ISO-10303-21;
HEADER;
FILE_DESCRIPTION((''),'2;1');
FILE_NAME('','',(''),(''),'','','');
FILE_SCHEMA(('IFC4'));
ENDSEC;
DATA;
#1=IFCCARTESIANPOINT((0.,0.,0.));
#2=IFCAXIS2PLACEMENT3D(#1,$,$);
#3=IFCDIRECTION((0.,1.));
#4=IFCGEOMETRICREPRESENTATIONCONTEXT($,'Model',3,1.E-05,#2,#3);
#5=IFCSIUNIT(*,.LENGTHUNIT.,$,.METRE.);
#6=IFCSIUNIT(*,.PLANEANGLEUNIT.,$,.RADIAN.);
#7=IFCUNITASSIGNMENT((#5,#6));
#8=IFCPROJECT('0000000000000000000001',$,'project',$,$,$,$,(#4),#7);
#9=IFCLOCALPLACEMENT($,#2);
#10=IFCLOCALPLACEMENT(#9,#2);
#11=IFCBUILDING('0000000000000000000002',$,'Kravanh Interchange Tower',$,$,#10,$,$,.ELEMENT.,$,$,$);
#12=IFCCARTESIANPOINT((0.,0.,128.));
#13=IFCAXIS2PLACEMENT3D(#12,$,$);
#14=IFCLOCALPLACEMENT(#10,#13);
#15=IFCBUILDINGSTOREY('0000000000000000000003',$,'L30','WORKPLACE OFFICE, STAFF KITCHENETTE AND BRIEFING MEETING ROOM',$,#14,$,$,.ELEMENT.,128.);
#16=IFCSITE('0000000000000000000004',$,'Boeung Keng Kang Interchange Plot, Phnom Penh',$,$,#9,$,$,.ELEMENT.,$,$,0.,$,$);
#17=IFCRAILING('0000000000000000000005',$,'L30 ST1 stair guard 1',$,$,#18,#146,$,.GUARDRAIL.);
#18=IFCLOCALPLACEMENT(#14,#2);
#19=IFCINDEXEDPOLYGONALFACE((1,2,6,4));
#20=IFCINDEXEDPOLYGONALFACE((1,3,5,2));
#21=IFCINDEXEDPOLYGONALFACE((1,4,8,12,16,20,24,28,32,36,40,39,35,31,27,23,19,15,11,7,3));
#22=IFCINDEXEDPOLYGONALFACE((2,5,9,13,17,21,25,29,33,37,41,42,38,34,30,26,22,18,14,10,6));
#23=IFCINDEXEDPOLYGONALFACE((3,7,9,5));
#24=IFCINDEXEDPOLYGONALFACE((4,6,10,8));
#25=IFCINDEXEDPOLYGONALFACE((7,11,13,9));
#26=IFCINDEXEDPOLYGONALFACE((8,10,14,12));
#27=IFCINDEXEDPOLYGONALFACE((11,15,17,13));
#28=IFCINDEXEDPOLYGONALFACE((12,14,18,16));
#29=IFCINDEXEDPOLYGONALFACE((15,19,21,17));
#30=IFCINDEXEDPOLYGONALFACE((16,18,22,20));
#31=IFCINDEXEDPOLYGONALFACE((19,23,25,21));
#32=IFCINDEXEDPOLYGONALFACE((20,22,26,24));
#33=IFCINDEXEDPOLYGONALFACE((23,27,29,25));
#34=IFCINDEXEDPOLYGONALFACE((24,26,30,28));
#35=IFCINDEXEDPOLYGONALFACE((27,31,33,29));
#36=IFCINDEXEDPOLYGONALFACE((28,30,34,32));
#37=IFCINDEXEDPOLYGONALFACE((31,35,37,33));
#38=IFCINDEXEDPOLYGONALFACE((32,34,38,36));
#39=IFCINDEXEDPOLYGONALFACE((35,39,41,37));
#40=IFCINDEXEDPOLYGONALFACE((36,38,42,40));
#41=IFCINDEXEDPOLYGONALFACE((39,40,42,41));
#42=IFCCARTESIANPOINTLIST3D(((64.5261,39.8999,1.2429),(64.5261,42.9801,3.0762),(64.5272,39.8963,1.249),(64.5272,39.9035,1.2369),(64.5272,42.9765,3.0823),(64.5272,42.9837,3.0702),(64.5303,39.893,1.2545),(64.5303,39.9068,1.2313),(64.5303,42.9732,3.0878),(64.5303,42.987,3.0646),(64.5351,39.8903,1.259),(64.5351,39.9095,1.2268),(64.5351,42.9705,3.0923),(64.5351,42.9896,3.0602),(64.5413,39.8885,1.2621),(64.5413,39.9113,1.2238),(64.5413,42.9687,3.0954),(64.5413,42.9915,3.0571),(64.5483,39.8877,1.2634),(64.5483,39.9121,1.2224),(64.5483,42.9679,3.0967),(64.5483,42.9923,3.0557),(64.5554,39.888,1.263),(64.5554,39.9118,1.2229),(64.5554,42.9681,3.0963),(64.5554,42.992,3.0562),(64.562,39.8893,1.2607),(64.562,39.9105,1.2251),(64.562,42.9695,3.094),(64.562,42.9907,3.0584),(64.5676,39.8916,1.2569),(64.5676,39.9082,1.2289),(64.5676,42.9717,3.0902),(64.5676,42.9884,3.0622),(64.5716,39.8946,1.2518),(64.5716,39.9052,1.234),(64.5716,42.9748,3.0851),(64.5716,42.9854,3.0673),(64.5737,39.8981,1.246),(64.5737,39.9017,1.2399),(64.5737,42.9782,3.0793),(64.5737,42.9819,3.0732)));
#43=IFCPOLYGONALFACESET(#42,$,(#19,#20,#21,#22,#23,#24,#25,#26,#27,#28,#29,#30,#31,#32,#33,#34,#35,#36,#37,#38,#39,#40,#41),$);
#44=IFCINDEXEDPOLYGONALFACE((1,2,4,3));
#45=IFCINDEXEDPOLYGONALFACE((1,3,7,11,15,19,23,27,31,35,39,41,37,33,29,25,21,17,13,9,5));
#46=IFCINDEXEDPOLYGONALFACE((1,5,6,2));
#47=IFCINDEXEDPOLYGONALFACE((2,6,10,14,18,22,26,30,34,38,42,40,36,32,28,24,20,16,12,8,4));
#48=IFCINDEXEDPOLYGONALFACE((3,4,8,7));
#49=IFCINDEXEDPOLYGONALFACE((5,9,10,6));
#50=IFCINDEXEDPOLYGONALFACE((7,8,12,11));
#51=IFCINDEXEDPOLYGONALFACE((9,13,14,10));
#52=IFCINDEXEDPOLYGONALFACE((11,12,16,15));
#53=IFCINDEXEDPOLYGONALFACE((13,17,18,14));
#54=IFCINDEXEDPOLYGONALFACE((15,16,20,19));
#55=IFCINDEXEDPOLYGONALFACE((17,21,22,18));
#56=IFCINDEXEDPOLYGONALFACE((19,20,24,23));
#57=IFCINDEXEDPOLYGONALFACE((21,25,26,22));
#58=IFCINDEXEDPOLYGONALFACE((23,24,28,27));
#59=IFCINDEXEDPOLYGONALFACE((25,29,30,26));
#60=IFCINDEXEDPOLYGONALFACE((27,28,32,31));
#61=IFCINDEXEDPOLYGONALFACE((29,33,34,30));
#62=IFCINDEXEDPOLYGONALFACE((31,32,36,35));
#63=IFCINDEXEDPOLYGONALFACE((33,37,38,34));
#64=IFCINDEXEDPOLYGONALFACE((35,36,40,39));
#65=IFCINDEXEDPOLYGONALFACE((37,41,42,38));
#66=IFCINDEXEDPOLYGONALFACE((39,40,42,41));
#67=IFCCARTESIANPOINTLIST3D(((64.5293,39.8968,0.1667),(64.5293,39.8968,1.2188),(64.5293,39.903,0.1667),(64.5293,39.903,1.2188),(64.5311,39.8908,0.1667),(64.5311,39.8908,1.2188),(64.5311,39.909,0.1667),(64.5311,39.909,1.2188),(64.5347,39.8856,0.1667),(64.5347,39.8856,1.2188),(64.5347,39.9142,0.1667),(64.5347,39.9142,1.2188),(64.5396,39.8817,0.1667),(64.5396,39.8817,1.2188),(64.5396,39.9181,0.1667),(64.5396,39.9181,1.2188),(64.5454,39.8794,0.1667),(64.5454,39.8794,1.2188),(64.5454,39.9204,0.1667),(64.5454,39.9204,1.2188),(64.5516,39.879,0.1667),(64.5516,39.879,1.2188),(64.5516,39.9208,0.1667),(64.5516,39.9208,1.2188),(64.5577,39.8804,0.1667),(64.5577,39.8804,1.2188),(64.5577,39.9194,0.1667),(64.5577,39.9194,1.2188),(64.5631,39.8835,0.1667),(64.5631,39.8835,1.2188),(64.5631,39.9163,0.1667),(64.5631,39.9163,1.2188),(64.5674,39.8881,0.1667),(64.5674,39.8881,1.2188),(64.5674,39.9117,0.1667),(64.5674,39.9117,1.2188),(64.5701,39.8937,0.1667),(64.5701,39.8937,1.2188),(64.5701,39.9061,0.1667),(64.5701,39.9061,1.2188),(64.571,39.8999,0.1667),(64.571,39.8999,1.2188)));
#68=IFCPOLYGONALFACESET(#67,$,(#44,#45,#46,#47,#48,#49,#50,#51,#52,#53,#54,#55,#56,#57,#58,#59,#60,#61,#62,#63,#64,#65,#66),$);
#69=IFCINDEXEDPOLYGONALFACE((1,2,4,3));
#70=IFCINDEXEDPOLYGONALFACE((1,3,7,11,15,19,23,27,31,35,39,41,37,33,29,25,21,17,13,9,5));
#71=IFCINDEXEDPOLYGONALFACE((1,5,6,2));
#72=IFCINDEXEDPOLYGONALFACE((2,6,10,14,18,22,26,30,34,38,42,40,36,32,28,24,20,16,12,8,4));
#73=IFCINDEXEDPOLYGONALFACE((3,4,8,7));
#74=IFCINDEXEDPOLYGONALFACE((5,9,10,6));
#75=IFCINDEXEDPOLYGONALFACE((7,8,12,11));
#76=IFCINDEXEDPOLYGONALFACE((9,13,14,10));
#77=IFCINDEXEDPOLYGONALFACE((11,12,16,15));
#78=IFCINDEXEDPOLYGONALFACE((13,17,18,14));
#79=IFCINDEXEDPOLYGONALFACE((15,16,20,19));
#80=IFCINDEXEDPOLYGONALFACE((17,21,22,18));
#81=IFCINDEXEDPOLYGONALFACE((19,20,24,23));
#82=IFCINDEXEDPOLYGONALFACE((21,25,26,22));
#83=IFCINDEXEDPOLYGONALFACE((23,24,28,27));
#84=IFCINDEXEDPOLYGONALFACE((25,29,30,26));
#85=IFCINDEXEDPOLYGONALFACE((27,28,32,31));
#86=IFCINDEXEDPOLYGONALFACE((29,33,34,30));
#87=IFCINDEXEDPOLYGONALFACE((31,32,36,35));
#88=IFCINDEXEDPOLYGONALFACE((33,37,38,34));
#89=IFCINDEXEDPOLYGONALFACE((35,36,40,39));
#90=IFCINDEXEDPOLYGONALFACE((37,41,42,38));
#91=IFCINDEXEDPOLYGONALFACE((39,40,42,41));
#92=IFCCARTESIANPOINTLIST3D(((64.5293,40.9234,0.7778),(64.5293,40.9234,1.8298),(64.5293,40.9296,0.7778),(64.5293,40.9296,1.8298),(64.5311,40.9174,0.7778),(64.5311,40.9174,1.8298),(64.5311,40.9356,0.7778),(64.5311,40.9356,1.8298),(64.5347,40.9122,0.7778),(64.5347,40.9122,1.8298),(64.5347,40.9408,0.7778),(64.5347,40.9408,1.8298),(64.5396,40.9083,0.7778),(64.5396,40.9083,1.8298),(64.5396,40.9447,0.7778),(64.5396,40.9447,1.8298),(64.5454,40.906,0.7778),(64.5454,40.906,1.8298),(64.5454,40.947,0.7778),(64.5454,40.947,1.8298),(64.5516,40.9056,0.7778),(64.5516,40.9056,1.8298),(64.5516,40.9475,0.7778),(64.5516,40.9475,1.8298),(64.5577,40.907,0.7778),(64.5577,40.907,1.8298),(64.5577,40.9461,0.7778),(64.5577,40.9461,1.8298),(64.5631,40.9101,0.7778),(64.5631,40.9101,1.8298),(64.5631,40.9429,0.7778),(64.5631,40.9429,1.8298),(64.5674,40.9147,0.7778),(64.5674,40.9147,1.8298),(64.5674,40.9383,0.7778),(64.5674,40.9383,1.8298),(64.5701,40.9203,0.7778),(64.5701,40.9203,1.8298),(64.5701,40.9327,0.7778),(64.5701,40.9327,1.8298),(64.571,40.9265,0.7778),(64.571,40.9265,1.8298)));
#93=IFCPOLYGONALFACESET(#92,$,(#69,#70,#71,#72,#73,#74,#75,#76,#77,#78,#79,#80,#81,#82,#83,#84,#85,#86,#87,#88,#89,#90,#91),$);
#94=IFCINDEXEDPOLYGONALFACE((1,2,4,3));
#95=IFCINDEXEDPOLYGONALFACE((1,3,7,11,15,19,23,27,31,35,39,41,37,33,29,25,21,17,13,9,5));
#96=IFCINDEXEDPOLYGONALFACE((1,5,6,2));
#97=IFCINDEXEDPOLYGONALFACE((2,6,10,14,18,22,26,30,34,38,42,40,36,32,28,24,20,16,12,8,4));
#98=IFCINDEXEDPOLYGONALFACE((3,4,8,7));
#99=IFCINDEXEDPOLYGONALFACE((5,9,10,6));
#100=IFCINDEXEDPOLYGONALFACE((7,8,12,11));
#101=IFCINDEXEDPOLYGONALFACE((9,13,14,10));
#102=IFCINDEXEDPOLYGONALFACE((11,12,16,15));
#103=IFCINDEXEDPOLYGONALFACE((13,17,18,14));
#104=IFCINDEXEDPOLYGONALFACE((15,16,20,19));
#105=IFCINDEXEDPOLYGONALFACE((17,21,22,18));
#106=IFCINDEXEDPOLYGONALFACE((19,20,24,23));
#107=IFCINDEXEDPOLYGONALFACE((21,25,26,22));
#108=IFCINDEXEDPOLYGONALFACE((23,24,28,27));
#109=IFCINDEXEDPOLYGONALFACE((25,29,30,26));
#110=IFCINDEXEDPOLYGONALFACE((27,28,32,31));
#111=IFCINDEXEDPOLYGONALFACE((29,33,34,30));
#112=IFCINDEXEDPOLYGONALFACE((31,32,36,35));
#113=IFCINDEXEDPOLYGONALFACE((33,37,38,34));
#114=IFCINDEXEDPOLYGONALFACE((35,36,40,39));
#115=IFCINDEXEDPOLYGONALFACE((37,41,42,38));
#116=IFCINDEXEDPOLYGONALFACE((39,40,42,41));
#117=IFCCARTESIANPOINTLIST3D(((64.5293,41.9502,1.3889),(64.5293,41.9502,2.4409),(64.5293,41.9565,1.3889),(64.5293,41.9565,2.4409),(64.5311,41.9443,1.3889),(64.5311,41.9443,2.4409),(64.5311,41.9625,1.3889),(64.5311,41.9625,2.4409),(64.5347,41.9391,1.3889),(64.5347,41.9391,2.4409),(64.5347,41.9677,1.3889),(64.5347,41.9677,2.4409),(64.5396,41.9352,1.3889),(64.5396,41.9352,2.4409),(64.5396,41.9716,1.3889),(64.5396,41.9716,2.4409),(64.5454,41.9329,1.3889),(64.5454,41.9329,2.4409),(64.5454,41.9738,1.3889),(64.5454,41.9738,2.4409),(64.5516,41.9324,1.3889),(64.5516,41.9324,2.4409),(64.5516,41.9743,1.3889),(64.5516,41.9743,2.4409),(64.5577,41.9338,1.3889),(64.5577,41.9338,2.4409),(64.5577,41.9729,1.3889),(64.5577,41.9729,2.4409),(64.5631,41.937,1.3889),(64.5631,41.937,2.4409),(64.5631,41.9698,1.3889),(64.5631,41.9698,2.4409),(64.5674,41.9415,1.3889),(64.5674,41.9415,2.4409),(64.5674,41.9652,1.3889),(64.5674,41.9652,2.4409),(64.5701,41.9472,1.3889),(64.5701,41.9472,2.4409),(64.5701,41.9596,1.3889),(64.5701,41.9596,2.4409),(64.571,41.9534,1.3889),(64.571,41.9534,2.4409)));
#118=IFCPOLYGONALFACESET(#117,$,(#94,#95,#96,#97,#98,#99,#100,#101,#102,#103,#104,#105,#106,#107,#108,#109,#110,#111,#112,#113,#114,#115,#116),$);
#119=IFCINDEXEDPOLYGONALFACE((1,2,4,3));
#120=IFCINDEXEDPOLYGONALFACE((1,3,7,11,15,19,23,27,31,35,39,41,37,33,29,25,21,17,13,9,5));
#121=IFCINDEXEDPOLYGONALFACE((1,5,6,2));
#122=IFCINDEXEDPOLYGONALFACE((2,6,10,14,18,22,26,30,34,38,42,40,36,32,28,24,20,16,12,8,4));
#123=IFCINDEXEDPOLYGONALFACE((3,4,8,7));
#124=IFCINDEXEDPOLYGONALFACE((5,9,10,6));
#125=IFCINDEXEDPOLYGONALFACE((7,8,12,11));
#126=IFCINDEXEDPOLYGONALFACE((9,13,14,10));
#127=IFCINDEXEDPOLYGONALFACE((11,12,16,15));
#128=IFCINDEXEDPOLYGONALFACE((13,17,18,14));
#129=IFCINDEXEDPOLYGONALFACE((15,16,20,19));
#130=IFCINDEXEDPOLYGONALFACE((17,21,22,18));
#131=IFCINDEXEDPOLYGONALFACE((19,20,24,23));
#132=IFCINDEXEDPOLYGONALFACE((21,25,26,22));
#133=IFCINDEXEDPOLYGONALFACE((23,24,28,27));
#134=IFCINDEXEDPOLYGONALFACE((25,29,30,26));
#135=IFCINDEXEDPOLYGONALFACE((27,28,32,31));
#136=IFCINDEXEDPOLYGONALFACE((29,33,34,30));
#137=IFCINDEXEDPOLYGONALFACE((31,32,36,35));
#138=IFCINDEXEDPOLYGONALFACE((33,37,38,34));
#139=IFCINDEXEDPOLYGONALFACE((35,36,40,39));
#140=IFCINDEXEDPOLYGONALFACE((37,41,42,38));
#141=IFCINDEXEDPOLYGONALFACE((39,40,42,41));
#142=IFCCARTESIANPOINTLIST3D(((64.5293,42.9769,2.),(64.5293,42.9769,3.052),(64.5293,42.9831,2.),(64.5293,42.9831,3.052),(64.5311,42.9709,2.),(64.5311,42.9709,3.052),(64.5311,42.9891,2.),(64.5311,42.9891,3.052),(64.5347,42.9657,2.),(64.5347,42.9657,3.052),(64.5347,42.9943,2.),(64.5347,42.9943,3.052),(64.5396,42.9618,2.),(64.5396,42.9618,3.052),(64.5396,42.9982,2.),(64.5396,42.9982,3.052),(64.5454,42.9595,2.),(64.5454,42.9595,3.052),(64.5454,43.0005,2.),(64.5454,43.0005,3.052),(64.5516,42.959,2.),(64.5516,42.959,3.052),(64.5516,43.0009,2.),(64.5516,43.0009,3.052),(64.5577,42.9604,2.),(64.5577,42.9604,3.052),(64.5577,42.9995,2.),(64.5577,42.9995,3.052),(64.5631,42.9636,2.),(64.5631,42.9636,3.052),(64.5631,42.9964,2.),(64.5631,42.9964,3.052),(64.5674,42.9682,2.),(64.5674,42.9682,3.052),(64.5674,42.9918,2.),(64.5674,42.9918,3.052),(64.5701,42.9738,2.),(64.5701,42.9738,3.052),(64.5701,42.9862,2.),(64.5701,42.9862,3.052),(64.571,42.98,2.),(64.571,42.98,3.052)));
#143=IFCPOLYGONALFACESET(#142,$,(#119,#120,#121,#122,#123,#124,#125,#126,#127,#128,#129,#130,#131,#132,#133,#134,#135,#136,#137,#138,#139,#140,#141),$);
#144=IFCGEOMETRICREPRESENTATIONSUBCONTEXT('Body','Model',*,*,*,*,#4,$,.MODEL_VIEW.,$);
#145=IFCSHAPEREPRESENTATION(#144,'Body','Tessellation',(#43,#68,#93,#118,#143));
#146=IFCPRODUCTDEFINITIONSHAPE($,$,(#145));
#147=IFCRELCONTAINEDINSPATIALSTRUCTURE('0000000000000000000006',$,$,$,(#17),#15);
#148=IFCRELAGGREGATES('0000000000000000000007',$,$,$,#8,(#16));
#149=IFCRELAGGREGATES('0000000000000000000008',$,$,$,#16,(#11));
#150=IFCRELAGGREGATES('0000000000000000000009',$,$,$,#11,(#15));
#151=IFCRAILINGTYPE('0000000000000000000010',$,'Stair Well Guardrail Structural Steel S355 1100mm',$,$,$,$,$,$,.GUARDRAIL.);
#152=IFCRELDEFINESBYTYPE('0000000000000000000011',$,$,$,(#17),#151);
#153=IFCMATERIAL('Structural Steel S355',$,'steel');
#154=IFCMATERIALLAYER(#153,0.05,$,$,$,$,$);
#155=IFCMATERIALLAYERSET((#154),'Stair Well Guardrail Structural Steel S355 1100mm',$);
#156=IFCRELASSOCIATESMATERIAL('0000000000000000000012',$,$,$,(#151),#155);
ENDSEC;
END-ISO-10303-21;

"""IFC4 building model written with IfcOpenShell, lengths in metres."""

from ifc_helpers import new_model, si_unit, direction, frame, origin, origin_2d, place, context, subcontext, project, spatial, circle, extrude, material, layer, layer_set, type_object, element, save


model = new_model("IFC4")

# Units and contexts
model_context = context("Model", 3, precision=1e-05, world=origin(), true_north=direction((0.0, 1.0)))
body_context = subcontext(model_context, "Body", "Model", "MODEL_VIEW")
ifc_project = project(units=[si_unit("LENGTHUNIT", "METRE"), si_unit("PLANEANGLEUNIT", "RADIAN")], contexts=[model_context])

# Site, building, storey
site_placement = place(None, origin())
site = spatial("IfcSite", under=ifc_project, at=site_placement, Name="Boeung Keng Kang Interchange Plot, Phnom Penh", CompositionType="ELEMENT", RefElevation=0.0)
building_placement = place(site_placement, origin())
building = spatial("IfcBuilding", under=site, at=building_placement, Name="Kravanh Interchange Tower", CompositionType="ELEMENT")
storey_placement = place(building_placement, frame((0.0, 0.0, 128.0)))
storey = spatial("IfcBuildingStorey", under=building, at=storey_placement, Name="L30", Description="WORKPLACE OFFICE, STAFF KITCHENETTE AND BRIEFING MEETING ROOM", CompositionType="ELEMENT", Elevation=128.0)

# Railing
ifc_material_1 = material(Name="Structural Steel S355", Category="steel")
ifc_layer_1 = layer(ifc_material_1, 0.05)
ifc_layer_set_1 = layer_set([ifc_layer_1], Name="Stair Well Guardrail Structural Steel S355 1100mm")
railing_type_1 = type_object("IfcRailingType", Name="Stair Well Guardrail Structural Steel S355 1100mm", PredefinedType="GUARDRAIL", material=ifc_layer_set_1)
railing_1_placement = place(storey_placement, frame((64.55, 39.8999, 0.1667)))
element("IfcRailing", 1, at=railing_1_placement, inside=storey, type_object=railing_type_1, Name="L30 ST1 stair guard 1", PredefinedType="GUARDRAIL", context=body_context, shape_type="SweptSolid", body=[
    extrude(circle(Radius=0.0239, at=origin_2d()), frame((0.0, 0.0, 1.0762), z_axis=(0.0, 0.859309, 0.511458), x_axis=(-1.0, 0.0, 0.0)), (0.0, 0.0, 1.0), 3.5845),
    extrude(circle(Radius=0.021, at=origin_2d()), origin(), (0.0, 0.0, 1.0), 1.052),
    extrude(circle(Radius=0.021, at=origin_2d()), frame((0.0, 1.0266, 0.6111)), (0.0, 0.0, 1.0), 1.052),
    extrude(circle(Radius=0.021, at=origin_2d()), frame((0.0, 2.0535, 1.2222)), (0.0, 0.0, 1.0), 1.052),
    extrude(circle(Radius=0.021, at=origin_2d()), frame((0.0, 3.0801, 1.8333)), (0.0, 0.0, 1.0), 1.052),
])

save(model, "model.ifc")
